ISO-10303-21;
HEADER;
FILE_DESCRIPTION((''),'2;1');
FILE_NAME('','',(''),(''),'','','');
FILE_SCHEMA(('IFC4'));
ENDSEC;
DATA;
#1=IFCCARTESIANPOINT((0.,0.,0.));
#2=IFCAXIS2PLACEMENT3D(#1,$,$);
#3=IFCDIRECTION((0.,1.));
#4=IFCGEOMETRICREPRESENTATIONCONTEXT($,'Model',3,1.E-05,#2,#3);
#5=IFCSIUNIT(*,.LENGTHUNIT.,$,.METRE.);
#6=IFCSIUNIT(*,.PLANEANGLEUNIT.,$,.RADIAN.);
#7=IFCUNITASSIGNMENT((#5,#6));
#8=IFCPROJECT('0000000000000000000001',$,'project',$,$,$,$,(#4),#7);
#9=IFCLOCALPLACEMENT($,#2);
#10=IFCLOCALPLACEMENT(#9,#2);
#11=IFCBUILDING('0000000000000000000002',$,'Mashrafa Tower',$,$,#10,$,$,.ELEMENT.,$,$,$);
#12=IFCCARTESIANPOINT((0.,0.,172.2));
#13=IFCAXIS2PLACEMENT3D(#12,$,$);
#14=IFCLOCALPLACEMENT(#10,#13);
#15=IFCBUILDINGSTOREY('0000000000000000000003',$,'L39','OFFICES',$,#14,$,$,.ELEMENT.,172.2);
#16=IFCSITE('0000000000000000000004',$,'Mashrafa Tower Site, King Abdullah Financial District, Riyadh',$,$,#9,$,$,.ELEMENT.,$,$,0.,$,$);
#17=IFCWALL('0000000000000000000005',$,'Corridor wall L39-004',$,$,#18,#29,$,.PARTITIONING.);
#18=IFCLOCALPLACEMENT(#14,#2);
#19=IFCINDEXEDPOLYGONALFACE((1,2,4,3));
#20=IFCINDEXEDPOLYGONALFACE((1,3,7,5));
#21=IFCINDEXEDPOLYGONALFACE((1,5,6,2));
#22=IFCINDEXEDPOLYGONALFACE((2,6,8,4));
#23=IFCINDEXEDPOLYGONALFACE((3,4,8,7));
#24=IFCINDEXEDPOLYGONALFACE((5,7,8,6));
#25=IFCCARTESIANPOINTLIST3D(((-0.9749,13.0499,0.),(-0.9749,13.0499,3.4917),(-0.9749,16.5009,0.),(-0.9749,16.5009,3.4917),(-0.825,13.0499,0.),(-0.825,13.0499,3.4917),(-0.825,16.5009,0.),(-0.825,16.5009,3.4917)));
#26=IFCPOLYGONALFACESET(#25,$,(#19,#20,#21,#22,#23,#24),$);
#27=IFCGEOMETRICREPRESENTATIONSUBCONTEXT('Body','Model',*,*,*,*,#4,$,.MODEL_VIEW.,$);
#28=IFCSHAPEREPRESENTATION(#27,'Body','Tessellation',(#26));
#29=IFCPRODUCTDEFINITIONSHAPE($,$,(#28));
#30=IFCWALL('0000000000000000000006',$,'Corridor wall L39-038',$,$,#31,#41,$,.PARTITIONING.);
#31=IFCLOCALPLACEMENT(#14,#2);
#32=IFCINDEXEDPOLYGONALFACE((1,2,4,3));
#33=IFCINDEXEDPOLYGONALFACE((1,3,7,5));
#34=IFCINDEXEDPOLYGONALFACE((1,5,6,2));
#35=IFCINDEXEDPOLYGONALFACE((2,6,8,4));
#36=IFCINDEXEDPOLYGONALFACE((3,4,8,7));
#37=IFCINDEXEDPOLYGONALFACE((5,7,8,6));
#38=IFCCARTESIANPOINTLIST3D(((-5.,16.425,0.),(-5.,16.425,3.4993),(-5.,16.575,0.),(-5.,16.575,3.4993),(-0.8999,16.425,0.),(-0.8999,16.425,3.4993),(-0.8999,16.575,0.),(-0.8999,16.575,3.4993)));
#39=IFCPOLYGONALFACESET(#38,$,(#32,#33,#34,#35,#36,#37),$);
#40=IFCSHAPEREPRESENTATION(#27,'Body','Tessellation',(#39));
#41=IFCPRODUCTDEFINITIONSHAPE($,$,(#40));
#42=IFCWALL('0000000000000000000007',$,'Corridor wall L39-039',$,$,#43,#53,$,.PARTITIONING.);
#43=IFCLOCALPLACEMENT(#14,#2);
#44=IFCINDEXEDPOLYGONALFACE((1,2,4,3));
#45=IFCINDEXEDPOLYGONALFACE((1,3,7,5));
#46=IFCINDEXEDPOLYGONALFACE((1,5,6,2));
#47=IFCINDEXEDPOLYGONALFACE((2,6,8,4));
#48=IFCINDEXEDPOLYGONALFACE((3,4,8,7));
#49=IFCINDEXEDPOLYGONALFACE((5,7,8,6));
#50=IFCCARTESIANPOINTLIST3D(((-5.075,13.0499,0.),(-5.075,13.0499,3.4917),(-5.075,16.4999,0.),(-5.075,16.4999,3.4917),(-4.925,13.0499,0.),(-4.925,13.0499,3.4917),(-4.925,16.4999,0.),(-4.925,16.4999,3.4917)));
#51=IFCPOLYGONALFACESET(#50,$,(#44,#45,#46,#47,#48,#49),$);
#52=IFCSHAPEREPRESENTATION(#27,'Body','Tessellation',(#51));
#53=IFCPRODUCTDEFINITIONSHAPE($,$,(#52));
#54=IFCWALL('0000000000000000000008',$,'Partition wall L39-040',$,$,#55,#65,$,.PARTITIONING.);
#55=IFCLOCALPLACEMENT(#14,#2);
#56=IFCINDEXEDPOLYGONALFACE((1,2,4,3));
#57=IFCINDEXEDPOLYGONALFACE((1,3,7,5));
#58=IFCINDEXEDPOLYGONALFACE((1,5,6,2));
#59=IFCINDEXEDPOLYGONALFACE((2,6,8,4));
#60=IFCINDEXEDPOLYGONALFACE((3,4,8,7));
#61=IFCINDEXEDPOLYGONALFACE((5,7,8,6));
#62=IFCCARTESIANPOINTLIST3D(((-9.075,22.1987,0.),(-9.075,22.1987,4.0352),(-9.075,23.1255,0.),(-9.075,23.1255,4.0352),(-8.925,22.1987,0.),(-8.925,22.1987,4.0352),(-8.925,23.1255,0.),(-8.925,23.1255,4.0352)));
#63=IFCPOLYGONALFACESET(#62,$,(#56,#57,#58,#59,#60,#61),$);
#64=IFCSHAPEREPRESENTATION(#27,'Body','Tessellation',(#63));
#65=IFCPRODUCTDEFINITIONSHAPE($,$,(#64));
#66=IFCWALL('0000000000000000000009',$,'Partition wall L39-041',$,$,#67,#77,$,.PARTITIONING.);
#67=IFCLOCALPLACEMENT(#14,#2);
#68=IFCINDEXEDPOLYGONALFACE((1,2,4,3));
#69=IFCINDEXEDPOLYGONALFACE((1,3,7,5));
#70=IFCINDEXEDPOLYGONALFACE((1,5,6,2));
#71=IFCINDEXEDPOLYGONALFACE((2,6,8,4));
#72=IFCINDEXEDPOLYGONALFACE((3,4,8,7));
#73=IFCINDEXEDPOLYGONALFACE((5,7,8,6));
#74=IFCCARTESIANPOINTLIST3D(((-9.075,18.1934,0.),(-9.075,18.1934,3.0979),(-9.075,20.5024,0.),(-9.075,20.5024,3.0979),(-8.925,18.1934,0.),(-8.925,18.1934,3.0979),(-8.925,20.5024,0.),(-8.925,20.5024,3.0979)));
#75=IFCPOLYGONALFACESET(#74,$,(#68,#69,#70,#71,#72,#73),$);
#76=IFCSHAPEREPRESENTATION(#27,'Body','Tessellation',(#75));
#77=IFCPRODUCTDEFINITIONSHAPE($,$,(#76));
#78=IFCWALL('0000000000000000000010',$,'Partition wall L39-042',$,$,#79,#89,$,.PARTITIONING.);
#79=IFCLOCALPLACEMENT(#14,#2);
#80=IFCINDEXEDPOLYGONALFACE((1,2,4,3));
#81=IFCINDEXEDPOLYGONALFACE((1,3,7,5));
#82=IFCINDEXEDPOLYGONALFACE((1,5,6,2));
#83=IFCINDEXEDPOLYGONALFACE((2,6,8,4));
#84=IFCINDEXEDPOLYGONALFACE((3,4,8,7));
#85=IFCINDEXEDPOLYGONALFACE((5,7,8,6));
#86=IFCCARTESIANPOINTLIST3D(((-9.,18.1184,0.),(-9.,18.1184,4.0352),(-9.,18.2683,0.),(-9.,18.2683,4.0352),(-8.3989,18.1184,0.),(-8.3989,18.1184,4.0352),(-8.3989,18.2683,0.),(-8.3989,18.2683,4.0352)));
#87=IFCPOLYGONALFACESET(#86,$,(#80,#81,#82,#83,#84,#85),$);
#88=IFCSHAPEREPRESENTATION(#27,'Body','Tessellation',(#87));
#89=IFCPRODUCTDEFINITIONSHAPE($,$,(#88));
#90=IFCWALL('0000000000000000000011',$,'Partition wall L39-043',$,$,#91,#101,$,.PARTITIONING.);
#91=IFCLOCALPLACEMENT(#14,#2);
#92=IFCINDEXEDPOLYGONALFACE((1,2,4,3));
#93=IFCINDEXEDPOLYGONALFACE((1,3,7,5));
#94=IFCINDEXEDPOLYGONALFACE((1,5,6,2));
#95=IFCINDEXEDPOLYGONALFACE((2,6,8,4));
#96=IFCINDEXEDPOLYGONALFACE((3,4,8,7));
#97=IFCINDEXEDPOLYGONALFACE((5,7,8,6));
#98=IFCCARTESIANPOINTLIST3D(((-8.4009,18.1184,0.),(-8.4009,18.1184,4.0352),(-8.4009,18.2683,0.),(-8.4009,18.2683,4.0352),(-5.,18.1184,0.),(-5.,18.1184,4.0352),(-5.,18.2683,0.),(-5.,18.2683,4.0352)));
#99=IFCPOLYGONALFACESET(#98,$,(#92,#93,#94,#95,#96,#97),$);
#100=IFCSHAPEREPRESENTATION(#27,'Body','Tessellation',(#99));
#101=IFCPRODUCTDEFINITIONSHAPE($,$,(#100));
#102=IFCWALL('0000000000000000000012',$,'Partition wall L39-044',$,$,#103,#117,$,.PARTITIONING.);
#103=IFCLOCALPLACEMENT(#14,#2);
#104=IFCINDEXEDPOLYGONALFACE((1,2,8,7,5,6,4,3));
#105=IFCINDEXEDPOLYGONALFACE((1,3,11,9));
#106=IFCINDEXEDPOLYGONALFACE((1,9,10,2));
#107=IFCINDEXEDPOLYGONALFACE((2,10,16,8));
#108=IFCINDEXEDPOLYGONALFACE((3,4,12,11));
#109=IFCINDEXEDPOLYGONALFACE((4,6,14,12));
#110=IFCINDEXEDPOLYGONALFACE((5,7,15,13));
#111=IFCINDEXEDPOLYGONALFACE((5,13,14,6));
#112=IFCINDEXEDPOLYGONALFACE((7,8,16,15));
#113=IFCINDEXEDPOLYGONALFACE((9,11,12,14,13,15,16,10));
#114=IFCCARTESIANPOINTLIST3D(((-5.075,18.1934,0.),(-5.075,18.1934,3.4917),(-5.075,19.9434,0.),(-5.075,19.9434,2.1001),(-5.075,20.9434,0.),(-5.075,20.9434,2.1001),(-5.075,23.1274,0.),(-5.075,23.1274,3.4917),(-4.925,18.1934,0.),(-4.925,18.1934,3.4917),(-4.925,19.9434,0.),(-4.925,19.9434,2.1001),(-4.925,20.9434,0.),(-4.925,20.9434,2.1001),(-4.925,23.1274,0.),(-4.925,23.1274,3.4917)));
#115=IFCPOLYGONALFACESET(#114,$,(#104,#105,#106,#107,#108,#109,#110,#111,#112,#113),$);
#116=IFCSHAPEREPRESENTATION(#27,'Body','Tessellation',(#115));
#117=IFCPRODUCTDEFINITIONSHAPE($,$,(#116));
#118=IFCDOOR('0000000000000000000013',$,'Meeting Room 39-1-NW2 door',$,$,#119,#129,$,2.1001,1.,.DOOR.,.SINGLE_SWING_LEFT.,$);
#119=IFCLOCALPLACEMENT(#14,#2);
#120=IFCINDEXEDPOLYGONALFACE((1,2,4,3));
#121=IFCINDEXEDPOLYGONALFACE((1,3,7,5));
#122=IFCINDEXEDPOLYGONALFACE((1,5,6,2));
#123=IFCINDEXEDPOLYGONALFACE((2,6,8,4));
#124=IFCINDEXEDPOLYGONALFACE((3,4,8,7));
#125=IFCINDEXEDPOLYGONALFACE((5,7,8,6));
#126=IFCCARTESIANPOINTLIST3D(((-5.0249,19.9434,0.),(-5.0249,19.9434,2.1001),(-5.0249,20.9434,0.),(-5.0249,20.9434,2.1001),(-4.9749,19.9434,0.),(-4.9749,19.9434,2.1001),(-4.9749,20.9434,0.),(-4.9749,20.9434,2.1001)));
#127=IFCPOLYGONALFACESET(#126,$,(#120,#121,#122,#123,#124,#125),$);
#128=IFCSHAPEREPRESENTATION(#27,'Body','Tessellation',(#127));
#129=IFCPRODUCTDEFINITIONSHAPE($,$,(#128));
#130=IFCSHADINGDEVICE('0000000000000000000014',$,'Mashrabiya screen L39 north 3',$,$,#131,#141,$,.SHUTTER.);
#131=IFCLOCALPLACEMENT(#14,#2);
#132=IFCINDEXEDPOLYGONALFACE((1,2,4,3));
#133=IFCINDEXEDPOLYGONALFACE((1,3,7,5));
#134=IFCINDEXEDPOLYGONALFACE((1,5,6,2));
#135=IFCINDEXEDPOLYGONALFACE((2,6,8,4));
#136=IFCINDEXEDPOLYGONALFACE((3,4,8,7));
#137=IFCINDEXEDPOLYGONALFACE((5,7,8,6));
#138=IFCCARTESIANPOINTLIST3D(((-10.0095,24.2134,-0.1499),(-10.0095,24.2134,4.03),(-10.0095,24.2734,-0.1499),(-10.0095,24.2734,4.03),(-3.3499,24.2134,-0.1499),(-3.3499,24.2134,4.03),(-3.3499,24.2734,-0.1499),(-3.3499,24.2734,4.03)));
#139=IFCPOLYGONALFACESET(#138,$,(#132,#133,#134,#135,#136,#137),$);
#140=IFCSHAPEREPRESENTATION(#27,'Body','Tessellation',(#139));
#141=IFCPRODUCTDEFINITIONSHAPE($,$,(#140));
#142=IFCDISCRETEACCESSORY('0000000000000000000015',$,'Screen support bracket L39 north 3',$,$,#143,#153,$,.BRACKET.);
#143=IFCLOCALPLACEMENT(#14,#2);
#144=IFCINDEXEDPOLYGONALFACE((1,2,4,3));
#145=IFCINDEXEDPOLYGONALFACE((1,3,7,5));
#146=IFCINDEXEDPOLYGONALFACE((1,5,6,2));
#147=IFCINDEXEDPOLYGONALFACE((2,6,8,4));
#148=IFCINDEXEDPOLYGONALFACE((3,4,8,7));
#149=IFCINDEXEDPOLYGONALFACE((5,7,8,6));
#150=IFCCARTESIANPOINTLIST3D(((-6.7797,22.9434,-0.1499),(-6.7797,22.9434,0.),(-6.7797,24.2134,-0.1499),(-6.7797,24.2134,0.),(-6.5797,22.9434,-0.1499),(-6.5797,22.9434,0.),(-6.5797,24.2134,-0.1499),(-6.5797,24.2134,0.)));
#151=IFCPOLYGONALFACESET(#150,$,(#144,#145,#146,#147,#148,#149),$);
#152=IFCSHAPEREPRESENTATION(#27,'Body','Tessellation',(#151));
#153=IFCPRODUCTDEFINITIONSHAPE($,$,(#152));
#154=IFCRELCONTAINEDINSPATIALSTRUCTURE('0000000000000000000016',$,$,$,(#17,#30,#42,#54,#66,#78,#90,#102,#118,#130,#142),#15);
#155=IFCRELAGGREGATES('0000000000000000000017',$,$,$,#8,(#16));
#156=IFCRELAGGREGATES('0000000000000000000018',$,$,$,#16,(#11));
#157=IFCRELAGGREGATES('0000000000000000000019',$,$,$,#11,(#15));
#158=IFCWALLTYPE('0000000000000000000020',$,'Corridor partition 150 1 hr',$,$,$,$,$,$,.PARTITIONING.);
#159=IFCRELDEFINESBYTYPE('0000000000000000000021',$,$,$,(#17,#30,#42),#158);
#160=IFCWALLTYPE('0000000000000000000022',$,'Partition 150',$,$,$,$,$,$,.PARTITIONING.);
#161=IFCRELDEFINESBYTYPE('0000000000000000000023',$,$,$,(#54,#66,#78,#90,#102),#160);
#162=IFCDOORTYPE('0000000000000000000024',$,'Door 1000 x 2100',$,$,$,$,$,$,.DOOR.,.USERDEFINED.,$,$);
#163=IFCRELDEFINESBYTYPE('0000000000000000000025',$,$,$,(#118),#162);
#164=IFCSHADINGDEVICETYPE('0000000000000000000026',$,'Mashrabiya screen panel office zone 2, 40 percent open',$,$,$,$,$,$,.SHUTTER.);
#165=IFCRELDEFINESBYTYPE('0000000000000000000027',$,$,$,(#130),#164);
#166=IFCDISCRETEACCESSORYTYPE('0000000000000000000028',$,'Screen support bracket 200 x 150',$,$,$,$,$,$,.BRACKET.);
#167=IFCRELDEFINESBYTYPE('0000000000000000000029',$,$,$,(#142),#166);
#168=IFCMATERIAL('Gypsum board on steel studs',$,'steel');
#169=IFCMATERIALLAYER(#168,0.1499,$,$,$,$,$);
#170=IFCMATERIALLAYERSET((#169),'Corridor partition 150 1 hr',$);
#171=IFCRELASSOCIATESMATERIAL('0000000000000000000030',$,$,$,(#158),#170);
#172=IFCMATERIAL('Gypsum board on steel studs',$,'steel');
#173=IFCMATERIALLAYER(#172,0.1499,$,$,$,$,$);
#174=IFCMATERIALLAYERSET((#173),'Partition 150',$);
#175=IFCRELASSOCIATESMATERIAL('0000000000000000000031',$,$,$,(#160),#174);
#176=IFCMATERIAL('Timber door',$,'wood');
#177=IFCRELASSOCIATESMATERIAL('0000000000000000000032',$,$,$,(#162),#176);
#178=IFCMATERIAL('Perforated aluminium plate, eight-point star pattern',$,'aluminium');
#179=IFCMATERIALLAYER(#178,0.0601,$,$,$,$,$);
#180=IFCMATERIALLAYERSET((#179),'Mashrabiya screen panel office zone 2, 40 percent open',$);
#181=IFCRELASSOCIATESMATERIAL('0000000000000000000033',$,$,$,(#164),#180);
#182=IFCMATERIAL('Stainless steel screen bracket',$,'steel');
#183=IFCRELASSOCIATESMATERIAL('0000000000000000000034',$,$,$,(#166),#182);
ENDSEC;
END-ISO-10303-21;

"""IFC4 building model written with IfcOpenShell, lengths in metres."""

from ifc_helpers import new_model, si_unit, direction, frame, frame_2d, origin, origin_2d, place, context, subcontext, project, spatial, rectangle, extrude, source, transform, mapped, material, layer, layer_set, type_object, type_shapes, element, fill, save


model = new_model("IFC4")

# Units and contexts
model_context = context("Model", 3, precision=1e-05, world=origin(), true_north=direction((0.0, 1.0)))
body_context = subcontext(model_context, "Body", "Model", "MODEL_VIEW")
ifc_project = project(units=[si_unit("LENGTHUNIT", "METRE"), si_unit("PLANEANGLEUNIT", "RADIAN")], contexts=[model_context])

# Site, building, storey
site_placement = place(None, origin())
site = spatial("IfcSite", under=ifc_project, at=site_placement, Name="Mashrafa Tower Site, King Abdullah Financial District, Riyadh", CompositionType="ELEMENT", RefElevation=0.0)
building_placement = place(site_placement, origin())
building = spatial("IfcBuilding", under=site, at=building_placement, Name="Mashrafa Tower", CompositionType="ELEMENT")
storey_placement = place(building_placement, frame((0.0, 0.0, 172.2)))
storey = spatial("IfcBuildingStorey", under=building, at=storey_placement, Name="L39", Description="OFFICES", CompositionType="ELEMENT", Elevation=172.2)

# Wall
ifc_material_1 = material(Name="Gypsum board on steel studs", Category="steel")
ifc_layer_1 = layer(ifc_material_1, 0.1499)
ifc_layer_set_1 = layer_set([ifc_layer_1], Name="Corridor partition 150 1 hr")
wall_type_1 = type_object("IfcWallType", Name="Corridor partition 150 1 hr", PredefinedType="PARTITIONING", material=ifc_layer_set_1)
wall_1_placement = place(storey_placement, frame((-0.8999, 16.501, 0.0), z_axis=(0.0, 0.0, 1.0), x_axis=(0.0, -1.0, 0.0)))
element("IfcWall", 1, at=wall_1_placement, inside=storey, type_object=wall_type_1, Name="Corridor wall L39-004", PredefinedType="PARTITIONING", context=body_context, shape_type="SweptSolid", body=[
    extrude(rectangle(XDim=3.4509, YDim=0.1499, at=frame_2d((1.7256, 0.0))), origin(), (0.0, 0.0, 1.0), 3.4917),
])

# Walls
wall_2_placement = place(storey_placement, frame((-0.8999, 16.5, 0.0), z_axis=(0.0, 0.0, 1.0), x_axis=(-1.0, 0.0, 0.0)))
element("IfcWall", 2, at=wall_2_placement, inside=storey, type_object=wall_type_1, Name="Corridor wall L39-038", PredefinedType="PARTITIONING", context=body_context, shape_type="SweptSolid", body=[
    extrude(rectangle(XDim=4.1001, YDim=0.1499, at=frame_2d((2.05, 0.0))), origin(), (0.0, 0.0, 1.0), 3.4993),
])
wall_3_placement = place(storey_placement, frame((-5.0, 16.5, 0.0), z_axis=(0.0, 0.0, 1.0), x_axis=(0.0, -1.0, 0.0)))
element("IfcWall", 3, at=wall_3_placement, inside=storey, type_object=wall_type_1, Name="Corridor wall L39-039", PredefinedType="PARTITIONING", context=body_context, shape_type="SweptSolid", body=[
    extrude(rectangle(XDim=3.45, YDim=0.1499, at=frame_2d((1.7251, 0.0))), origin(), (0.0, 0.0, 1.0), 3.4917),
])
ifc_material_2 = material(Name="Gypsum board on steel studs", Category="steel")
ifc_layer_2 = layer(ifc_material_2, 0.1499)
ifc_layer_set_2 = layer_set([ifc_layer_2], Name="Partition 150")
wall_type_2 = type_object("IfcWallType", Name="Partition 150", PredefinedType="PARTITIONING", material=ifc_layer_set_2)
wall_4_placement = place(storey_placement, frame((-9.0, 23.1255, 0.0), z_axis=(0.0, 0.0, 1.0), x_axis=(0.0, -1.0, 0.0)))
element("IfcWall", 4, at=wall_4_placement, inside=storey, type_object=wall_type_2, Name="Partition wall L39-040", PredefinedType="PARTITIONING", context=body_context, shape_type="SweptSolid", body=[
    extrude(rectangle(XDim=0.9268, YDim=0.1499, at=frame_2d((0.4634, 0.0))), origin(), (0.0, 0.0, 1.0), 4.0352),
])
wall_5_placement = place(storey_placement, frame((-9.0, 20.5024, 0.0), z_axis=(0.0, 0.0, 1.0), x_axis=(0.0, -1.0, 0.0)))
element("IfcWall", 5, at=wall_5_placement, inside=storey, type_object=wall_type_2, Name="Partition wall L39-041", PredefinedType="PARTITIONING", context=body_context, shape_type="SweptSolid", body=[
    extrude(rectangle(XDim=2.3091, YDim=0.1499, at=frame_2d((1.1545, 0.0))), origin(), (0.0, 0.0, 1.0), 3.0979),
])
wall_6_placement = place(storey_placement, frame((-9.0, 18.1934, 0.0), z_axis=(0.0, 0.0, 1.0), x_axis=(1.0, 0.0, 0.0)))
element("IfcWall", 6, at=wall_6_placement, inside=storey, type_object=wall_type_2, Name="Partition wall L39-042", PredefinedType="PARTITIONING", context=body_context, shape_type="SweptSolid", body=[
    extrude(rectangle(XDim=0.6011, YDim=0.1499, at=frame_2d((0.3005, 0.0))), origin(), (0.0, 0.0, 1.0), 4.0352),
])
wall_7_placement = place(storey_placement, frame((-8.4009, 18.1934, 0.0), z_axis=(0.0, 0.0, 1.0), x_axis=(1.0, 0.0, 0.0)))
element("IfcWall", 7, at=wall_7_placement, inside=storey, type_object=wall_type_2, Name="Partition wall L39-043", PredefinedType="PARTITIONING", context=body_context, shape_type="SweptSolid", body=[
    extrude(rectangle(XDim=3.4009, YDim=0.1499, at=frame_2d((1.7004, 0.0))), origin(), (0.0, 0.0, 1.0), 4.0352),
])

# Wall, opening, door
wall_8_placement = place(storey_placement, frame((-5.0, 18.1934, 0.0), z_axis=(0.0, 0.0, 1.0), x_axis=(0.0, 1.0, 0.0)))
wall_8 = element("IfcWall", 8, at=wall_8_placement, inside=storey, type_object=wall_type_2, Name="Partition wall L39-044", PredefinedType="PARTITIONING", context=body_context, shape_type="SweptSolid", body=[
    extrude(rectangle(XDim=4.9341, YDim=0.1499, at=frame_2d((2.467, 0.0))), origin(), (0.0, 0.0, 1.0), 3.4917),
])
opening_1_placement = place(wall_8_placement, frame((1.75, 0.0, 0.0)))
opening_1 = element("IfcOpeningElement", 9, at=opening_1_placement, cuts=wall_8, PredefinedType="OPENING", context=body_context, shape_type="SweptSolid", body=[
    extrude(rectangle(XDim=1.0, YDim=2.1001, at=frame_2d((0.5, 1.05))), frame((0.0, 0.085, 0.0), z_axis=(0.0, -1.0, 0.0), x_axis=(1.0, 0.0, 0.0)), (0.0, 0.0, 1.0), 0.1699),
])
ifc_material_3 = material(Name="Timber door", Category="wood")
door_type_1 = type_object("IfcDoorType", Name="Door 1000 x 2100", OperationType="USERDEFINED", PredefinedType="DOOR", material=ifc_material_3)
door_1_placement = place(opening_1_placement, origin())
door_1 = element("IfcDoor", 10, at=door_1_placement, inside=storey, type_object=door_type_1, Name="Meeting Room 39-1-NW2 door", OperationType="SINGLE_SWING_LEFT", OverallHeight=2.1001, OverallWidth=1.0, PredefinedType="DOOR", context=body_context, shape_type="SweptSolid", body=[
    extrude(rectangle(XDim=1.0, YDim=2.1001, at=frame_2d((0.5, 1.05))), frame((0.0, 0.0249, 0.0), z_axis=(0.0, -1.0, 0.0), x_axis=(1.0, 0.0, 0.0)), (0.0, 0.0, 1.0), 0.05),
])
fill(opening_1, door_1)

# Shading device
ifc_material_4 = material(Name="Perforated aluminium plate, eight-point star pattern", Category="aluminium")
ifc_layer_3 = layer(ifc_material_4, 0.0601)
ifc_layer_set_3 = layer_set([ifc_layer_3], Name="Mashrabiya screen panel office zone 2, 40 percent open")
shading_device_type = type_object("IfcShadingDeviceType", Name="Mashrabiya screen panel office zone 2, 40 percent open", PredefinedType="SHUTTER", material=ifc_layer_set_3)
shared_shape_1 = source(origin(), body_context, "Body", "SweptSolid", [
    extrude(rectangle(XDim=6.6597, YDim=0.0601, at=origin_2d()), origin(), (0.0, 0.0, 1.0), 4.1799),
])
type_shapes(shading_device_type, [shared_shape_1])
shading_device_placement = place(storey_placement, frame((-6.6797, 24.2434, -0.1499), z_axis=(0.0, 0.0, 1.0), x_axis=(-1.0, 0.0, 0.0)))
element("IfcShadingDevice", 11, at=shading_device_placement, inside=storey, type_object=shading_device_type, Name="Mashrabiya screen L39 north 3", PredefinedType="SHUTTER", context=body_context, shape_type="MappedRepresentation", body=[
    mapped(shared_shape_1, transform((0.0, 0.0, 0.0))),
])

# Discrete accessory
ifc_material_5 = material(Name="Stainless steel screen bracket", Category="steel")
discrete_accessory_type = type_object("IfcDiscreteAccessoryType", Name="Screen support bracket 200 x 150", PredefinedType="BRACKET", material=ifc_material_5)
shared_shape_2 = source(origin(), body_context, "Body", "SweptSolid", [
    extrude(rectangle(XDim=0.2, YDim=1.27, at=origin_2d()), origin(), (0.0, 0.0, 1.0), 0.1499),
])
type_shapes(discrete_accessory_type, [shared_shape_2])
discrete_accessory_placement = place(storey_placement, frame((-6.6797, 23.5784, -0.1499), z_axis=(0.0, 0.0, 1.0), x_axis=(-1.0, 0.0, 0.0)))
element("IfcDiscreteAccessory", 12, at=discrete_accessory_placement, inside=storey, type_object=discrete_accessory_type, Name="Screen support bracket L39 north 3", PredefinedType="BRACKET", context=body_context, shape_type="MappedRepresentation", body=[
    mapped(shared_shape_2, transform((0.0, 0.0, 0.0))),
])

save(model, "model.ifc")
